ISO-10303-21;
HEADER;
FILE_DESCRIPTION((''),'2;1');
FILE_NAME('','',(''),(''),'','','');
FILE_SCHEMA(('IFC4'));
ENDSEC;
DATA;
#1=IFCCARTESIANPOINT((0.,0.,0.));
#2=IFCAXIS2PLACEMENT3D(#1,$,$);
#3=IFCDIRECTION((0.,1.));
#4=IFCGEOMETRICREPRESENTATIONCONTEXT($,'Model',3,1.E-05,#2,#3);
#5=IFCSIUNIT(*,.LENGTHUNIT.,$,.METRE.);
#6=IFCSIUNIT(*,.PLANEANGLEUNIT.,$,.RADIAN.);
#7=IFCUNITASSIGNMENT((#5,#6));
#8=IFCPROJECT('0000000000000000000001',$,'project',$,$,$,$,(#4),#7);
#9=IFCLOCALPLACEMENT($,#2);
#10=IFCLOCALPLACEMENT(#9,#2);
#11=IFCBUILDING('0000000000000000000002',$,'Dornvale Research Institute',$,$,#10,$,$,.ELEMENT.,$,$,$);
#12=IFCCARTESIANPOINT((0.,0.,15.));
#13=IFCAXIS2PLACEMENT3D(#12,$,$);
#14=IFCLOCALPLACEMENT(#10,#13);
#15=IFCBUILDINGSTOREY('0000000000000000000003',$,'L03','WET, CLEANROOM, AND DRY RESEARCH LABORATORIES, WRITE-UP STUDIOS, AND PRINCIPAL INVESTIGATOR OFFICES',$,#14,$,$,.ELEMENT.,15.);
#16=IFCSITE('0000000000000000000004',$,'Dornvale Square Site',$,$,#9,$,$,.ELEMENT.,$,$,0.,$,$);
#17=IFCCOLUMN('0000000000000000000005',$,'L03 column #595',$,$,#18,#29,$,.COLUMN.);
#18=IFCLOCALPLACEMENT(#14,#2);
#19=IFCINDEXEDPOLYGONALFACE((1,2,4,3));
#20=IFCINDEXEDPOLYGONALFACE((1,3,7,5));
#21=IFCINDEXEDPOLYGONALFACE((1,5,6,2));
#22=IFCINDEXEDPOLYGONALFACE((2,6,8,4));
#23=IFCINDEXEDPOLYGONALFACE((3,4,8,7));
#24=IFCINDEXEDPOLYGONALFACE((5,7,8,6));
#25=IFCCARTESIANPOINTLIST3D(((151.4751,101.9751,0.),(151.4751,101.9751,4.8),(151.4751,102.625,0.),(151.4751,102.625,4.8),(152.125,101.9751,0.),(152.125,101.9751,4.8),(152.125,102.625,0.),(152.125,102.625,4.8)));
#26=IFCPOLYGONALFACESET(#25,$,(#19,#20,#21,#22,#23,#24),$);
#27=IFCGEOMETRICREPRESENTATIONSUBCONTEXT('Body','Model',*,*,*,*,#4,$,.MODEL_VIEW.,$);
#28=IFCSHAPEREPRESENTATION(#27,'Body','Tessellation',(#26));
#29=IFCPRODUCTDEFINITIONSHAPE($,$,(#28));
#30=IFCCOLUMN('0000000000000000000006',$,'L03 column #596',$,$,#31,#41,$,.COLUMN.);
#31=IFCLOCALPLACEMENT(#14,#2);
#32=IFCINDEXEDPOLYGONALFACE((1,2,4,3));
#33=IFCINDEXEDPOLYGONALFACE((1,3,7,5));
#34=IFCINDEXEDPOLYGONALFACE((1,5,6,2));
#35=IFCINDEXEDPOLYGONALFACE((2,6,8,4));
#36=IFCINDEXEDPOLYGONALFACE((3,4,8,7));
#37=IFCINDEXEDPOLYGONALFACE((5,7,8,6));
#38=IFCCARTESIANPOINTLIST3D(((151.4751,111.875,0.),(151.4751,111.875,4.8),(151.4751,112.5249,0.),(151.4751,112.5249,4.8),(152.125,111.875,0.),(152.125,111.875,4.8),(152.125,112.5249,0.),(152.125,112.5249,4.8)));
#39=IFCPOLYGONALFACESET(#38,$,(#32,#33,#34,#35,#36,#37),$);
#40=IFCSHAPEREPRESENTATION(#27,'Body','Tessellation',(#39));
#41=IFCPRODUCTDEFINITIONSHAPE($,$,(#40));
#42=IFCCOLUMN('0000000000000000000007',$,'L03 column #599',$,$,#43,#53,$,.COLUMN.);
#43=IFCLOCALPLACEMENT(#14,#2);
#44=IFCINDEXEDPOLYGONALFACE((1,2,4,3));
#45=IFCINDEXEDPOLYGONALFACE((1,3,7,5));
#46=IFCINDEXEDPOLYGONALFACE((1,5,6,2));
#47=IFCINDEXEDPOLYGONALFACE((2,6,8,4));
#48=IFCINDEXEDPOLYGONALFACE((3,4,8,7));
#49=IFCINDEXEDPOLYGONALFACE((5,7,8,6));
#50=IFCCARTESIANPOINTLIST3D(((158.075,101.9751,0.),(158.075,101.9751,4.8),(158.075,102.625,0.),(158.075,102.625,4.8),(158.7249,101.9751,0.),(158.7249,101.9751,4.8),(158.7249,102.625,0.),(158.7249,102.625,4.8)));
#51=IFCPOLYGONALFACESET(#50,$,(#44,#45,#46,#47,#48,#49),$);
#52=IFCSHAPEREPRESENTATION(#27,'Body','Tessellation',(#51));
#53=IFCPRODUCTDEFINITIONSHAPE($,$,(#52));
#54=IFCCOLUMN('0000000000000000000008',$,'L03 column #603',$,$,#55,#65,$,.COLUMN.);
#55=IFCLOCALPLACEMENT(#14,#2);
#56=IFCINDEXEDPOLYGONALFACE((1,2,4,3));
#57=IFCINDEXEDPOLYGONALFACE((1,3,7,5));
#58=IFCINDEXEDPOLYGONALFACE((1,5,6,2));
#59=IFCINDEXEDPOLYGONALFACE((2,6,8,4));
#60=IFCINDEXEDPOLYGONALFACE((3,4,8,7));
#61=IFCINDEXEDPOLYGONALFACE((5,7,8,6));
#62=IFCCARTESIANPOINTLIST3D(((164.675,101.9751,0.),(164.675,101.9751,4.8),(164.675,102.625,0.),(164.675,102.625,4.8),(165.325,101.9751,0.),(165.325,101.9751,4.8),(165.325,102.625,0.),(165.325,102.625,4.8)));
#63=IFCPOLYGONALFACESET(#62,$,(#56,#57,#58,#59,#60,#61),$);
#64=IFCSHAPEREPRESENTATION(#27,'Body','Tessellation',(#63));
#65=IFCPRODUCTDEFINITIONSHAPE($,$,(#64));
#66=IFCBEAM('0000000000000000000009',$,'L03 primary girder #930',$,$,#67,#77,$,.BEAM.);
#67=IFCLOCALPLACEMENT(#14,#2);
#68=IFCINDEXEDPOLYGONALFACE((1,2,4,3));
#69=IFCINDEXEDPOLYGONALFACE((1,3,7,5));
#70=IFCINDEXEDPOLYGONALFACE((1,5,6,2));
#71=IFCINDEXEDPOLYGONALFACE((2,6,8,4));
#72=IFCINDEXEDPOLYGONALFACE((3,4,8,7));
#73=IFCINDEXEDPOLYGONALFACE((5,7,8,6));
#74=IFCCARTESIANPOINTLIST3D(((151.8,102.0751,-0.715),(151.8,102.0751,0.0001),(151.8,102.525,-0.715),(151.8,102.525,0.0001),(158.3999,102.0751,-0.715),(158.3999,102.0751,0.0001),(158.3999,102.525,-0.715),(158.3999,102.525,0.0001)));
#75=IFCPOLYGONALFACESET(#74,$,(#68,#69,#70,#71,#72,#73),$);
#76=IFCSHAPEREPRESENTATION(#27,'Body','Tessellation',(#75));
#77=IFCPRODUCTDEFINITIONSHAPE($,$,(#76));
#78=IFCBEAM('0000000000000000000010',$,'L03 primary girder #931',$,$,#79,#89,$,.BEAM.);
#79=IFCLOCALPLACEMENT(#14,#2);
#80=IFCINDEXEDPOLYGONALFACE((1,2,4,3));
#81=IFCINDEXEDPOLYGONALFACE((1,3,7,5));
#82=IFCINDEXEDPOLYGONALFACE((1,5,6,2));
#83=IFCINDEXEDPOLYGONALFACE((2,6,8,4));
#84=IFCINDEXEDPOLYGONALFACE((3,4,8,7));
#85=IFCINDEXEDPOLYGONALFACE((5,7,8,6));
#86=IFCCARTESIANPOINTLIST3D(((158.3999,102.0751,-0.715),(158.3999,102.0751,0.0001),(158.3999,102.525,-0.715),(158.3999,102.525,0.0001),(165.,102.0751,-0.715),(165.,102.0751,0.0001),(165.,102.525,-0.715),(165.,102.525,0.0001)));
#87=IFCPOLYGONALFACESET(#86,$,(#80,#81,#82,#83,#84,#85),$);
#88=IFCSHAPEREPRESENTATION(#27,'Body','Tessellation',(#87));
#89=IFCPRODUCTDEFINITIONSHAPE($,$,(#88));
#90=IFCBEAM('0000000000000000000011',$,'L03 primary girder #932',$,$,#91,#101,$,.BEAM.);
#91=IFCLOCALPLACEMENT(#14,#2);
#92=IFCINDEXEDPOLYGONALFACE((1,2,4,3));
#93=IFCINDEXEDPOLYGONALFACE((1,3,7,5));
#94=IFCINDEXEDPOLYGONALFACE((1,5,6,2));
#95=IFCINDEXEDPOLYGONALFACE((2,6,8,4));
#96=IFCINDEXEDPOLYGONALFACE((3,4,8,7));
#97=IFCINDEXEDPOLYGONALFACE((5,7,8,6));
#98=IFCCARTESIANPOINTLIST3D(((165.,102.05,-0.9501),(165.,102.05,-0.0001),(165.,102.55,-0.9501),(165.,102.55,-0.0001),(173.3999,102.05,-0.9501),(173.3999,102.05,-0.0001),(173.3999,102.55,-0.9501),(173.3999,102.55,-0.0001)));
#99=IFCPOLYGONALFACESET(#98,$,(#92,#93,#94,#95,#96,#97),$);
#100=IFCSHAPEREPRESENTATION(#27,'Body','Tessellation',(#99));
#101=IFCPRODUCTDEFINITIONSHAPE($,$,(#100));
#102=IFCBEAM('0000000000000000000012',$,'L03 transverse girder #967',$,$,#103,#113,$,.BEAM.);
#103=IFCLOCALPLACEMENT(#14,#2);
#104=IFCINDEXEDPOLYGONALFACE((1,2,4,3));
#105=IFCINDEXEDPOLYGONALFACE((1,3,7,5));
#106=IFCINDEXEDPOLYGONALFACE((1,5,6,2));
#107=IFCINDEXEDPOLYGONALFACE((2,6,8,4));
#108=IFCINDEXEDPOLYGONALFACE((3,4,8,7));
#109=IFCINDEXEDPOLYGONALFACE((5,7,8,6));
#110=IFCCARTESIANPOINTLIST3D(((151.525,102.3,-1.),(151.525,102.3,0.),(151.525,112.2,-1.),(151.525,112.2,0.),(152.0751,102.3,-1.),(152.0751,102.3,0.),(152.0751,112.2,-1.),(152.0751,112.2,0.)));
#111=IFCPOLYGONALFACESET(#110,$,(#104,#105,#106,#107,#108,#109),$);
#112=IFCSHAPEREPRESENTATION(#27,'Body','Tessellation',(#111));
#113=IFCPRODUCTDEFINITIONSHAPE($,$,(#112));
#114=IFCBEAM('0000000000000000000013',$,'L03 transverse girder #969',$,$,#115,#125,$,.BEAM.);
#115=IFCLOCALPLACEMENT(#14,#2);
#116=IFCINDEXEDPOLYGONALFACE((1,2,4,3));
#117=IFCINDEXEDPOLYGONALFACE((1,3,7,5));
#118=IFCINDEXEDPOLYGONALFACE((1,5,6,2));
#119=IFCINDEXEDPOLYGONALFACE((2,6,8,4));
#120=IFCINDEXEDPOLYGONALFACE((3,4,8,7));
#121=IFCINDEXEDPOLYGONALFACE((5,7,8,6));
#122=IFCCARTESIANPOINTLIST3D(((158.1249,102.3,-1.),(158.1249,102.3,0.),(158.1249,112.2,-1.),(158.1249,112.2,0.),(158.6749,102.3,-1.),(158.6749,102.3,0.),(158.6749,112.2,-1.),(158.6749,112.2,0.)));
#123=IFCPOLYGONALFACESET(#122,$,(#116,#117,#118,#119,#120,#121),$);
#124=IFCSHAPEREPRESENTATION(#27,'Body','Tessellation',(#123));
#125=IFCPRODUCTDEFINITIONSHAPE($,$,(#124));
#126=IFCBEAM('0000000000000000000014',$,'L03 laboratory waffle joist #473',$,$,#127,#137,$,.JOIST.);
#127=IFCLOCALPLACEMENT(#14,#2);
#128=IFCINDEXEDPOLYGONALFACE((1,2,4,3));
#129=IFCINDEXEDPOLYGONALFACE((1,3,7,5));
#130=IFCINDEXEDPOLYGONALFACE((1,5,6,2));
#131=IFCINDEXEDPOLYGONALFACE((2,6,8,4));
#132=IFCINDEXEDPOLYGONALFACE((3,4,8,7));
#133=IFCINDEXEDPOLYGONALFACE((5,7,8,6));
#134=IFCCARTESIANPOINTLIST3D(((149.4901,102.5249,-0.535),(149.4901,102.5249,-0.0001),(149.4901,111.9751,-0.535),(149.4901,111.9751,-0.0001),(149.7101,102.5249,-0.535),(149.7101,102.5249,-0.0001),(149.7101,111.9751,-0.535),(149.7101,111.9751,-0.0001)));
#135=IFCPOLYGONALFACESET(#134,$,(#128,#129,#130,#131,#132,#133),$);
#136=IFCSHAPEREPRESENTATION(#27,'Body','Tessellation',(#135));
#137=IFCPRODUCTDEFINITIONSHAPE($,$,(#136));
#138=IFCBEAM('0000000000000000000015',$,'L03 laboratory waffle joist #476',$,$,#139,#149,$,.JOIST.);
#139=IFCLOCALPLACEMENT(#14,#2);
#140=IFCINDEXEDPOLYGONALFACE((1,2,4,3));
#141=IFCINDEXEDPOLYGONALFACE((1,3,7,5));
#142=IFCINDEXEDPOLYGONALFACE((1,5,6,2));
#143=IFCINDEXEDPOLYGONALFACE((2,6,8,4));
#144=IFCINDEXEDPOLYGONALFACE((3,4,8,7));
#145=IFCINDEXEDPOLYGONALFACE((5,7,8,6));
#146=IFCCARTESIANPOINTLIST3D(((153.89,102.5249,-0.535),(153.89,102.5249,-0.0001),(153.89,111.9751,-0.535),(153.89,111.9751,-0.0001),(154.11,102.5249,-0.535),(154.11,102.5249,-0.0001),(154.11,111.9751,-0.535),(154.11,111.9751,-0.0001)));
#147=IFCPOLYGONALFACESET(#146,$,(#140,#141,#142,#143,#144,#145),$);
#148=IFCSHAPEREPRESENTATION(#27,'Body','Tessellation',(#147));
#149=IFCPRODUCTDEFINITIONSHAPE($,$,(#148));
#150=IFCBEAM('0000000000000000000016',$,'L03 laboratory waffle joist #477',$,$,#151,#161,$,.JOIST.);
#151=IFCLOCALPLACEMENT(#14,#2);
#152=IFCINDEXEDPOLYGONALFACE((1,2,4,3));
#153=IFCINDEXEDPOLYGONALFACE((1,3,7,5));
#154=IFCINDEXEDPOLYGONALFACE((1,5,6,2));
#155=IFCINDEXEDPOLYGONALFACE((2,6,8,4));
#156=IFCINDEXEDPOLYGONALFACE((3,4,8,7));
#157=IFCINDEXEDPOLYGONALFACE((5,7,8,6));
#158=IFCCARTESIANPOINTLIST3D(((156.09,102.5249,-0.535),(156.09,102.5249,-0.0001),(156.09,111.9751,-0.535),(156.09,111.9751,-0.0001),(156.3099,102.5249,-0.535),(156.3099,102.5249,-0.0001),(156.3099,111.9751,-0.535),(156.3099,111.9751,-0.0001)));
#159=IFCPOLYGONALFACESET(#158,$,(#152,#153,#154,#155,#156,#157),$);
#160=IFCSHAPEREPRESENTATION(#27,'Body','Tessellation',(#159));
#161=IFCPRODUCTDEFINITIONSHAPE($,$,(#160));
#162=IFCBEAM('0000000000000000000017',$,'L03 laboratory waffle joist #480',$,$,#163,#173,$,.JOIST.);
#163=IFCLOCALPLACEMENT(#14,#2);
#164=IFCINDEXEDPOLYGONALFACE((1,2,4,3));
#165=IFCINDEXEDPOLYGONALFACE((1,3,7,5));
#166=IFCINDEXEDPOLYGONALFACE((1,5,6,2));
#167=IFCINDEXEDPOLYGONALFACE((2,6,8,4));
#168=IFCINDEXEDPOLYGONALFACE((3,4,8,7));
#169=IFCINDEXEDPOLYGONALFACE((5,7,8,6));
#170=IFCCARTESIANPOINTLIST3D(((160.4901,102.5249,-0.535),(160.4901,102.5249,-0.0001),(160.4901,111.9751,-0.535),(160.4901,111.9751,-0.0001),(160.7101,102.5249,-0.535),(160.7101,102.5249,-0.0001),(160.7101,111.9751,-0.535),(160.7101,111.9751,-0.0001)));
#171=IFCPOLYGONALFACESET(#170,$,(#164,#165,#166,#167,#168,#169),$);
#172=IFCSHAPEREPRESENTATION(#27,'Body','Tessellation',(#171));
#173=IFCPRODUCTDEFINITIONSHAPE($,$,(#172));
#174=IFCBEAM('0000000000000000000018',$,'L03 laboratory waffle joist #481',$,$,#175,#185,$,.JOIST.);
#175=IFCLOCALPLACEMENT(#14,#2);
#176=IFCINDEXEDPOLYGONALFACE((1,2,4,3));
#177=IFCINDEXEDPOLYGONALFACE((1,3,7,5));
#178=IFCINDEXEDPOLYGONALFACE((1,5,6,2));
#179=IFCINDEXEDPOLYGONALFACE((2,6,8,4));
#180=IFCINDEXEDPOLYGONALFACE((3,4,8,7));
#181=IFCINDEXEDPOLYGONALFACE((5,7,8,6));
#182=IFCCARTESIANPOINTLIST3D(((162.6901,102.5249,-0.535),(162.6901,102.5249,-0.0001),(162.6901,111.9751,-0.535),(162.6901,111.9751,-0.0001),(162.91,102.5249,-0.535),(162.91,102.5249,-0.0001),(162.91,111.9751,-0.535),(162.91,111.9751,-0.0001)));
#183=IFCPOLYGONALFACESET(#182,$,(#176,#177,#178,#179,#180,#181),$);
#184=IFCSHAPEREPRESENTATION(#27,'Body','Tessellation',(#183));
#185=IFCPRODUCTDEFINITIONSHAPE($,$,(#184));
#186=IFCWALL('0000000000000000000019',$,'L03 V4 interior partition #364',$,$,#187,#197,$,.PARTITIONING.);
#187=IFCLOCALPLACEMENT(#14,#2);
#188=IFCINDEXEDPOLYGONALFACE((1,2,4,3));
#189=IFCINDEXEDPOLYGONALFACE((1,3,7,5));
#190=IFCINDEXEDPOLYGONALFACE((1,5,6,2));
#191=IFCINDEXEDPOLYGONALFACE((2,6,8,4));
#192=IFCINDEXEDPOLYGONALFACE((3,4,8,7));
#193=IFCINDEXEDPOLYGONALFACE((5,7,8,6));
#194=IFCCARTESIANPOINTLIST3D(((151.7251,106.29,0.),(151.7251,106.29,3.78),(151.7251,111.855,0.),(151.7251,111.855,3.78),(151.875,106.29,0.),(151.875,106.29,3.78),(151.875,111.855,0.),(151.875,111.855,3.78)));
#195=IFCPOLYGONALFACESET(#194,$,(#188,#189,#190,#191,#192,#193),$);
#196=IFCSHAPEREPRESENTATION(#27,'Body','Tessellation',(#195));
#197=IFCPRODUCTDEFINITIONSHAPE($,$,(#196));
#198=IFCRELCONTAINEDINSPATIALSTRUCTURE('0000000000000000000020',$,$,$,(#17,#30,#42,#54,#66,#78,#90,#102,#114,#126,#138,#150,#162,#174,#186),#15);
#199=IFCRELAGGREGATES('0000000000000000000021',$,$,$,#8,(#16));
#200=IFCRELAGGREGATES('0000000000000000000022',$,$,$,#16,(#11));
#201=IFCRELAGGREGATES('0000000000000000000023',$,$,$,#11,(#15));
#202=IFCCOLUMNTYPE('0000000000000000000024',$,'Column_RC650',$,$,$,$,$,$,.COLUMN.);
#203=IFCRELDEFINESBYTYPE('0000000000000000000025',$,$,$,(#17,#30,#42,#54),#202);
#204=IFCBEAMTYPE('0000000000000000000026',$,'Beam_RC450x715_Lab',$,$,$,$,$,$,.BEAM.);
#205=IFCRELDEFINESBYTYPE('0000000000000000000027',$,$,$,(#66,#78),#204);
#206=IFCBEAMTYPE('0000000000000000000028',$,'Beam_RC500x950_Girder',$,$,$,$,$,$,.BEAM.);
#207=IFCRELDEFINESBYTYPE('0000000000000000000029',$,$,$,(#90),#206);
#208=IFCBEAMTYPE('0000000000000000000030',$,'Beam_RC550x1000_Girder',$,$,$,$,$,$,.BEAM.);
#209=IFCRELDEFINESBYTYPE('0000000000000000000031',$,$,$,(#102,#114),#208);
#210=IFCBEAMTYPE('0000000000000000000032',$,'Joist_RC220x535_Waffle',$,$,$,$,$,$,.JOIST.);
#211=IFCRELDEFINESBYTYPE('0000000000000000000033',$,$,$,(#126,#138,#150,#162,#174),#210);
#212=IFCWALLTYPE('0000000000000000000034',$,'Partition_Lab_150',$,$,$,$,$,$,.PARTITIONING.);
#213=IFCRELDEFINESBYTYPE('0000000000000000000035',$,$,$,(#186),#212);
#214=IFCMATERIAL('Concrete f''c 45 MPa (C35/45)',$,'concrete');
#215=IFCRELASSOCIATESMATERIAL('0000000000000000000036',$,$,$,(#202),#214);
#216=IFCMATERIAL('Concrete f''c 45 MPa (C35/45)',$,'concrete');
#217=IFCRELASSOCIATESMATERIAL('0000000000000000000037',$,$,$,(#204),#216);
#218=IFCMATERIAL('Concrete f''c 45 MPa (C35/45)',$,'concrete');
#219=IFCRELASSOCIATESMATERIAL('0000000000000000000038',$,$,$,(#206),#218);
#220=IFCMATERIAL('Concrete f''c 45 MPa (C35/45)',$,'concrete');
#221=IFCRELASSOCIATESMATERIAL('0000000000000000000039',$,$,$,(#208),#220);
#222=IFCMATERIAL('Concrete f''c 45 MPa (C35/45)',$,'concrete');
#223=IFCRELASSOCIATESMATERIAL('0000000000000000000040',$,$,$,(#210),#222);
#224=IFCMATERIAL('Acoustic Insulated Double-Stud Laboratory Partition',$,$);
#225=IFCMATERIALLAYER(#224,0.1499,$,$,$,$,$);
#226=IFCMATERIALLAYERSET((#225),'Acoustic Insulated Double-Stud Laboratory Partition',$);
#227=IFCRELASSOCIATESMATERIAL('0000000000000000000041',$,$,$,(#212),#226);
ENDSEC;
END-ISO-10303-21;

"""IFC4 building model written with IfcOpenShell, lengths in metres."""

from ifc_helpers import new_model, si_unit, direction, frame, frame_2d, origin, origin_2d, place, context, subcontext, project, spatial, rectangle, extrude, material, layer, layer_set, material_profile, profile_set, type_object, element, save


model = new_model("IFC4")

# Units and contexts
model_context = context("Model", 3, precision=1e-05, world=origin(), true_north=direction((0.0, 1.0)))
body_context = subcontext(model_context, "Body", "Model", "MODEL_VIEW")
ifc_project = project(units=[si_unit("LENGTHUNIT", "METRE"), si_unit("PLANEANGLEUNIT", "RADIAN")], contexts=[model_context])

# Site, building, storey
site_placement = place(None, origin())
site = spatial("IfcSite", under=ifc_project, at=site_placement, Name="Dornvale Square Site", CompositionType="ELEMENT", RefElevation=0.0)
building_placement = place(site_placement, origin())
building = spatial("IfcBuilding", under=site, at=building_placement, Name="Dornvale Research Institute", CompositionType="ELEMENT")
storey_placement = place(building_placement, frame((0.0, 0.0, 15.0)))
storey = spatial("IfcBuildingStorey", under=building, at=storey_placement, Name="L03", Description="WET, CLEANROOM, AND DRY RESEARCH LABORATORIES, WRITE-UP STUDIOS, AND PRINCIPAL INVESTIGATOR OFFICES", CompositionType="ELEMENT", Elevation=15.0)

# Columns
ifc_material_1 = material(Name="Concrete f'c 45 MPa (C35/45)", Category="concrete")
ifc_material_profile_1 = material_profile(ifc_material_1, rectangle(XDim=0.6499, YDim=0.6499, at=origin_2d()), Name="RC 650x650")
ifc_profile_set_1 = profile_set([ifc_material_profile_1], Name="Concrete f'c 45 MPa (C35/45)")
column_type = type_object("IfcColumnType", Name="Column_RC650", PredefinedType="COLUMN", material=ifc_profile_set_1)
for number, where, z_axis, x_axis, name in (
    (1, (151.8, 102.3, 0.0), (0.0, 0.0, 1.0), (1.0, 0.0, 0.0), "L03 column #595"),
    (2, (151.8, 112.2, 0.0), (0.0, 0.0, 1.0), (1.0, 0.0, 0.0), "L03 column #596"),
    (3, (158.3999, 102.3, 0.0), (0.0, 0.0, 1.0), (1.0, 0.0, 0.0), "L03 column #599"),
    (4, (165.0, 102.3, 0.0), (0.0, 0.0, 1.0), (1.0, 0.0, 0.0), "L03 column #603"),
):
    element("IfcColumn", number, at=place(storey_placement, frame(where, z_axis=z_axis, x_axis=x_axis)), inside=storey, type_object=column_type, Name=name, PredefinedType="COLUMN", context=body_context, shape_type="SweptSolid", body=[
        extrude(rectangle(XDim=0.6499, YDim=0.6499, at=origin_2d()), origin(), (0.0, 0.0, 1.0), 4.8),
    ])

# Beams
ifc_material_2 = material(Name="Concrete f'c 45 MPa (C35/45)", Category="concrete")
ifc_material_profile_2 = material_profile(ifc_material_2, rectangle(XDim=0.45, YDim=0.7151, at=origin_2d()), Name="RC 450x715")
ifc_profile_set_2 = profile_set([ifc_material_profile_2], Name="Concrete f'c 45 MPa (C35/45)")
beam_type_1 = type_object("IfcBeamType", Name="Beam_RC450x715_Lab", PredefinedType="BEAM", material=ifc_profile_set_2)
beam_1_placement = place(storey_placement, frame((151.8, 102.3, -0.3574), z_axis=(1.0, 0.0, 0.0), x_axis=(0.0, 1.0, 0.0)))
element("IfcBeam", 5, at=beam_1_placement, inside=storey, type_object=beam_type_1, Name="L03 primary girder #930", PredefinedType="BEAM", context=body_context, shape_type="SweptSolid", body=[
    extrude(rectangle(XDim=0.45, YDim=0.7151, at=origin_2d()), origin(), (0.0, 0.0, 1.0), 6.5999),
])
beam_2_placement = place(storey_placement, frame((158.3999, 102.3, -0.3574), z_axis=(1.0, 0.0, 0.0), x_axis=(0.0, 1.0, 0.0)))
element("IfcBeam", 6, at=beam_2_placement, inside=storey, type_object=beam_type_1, Name="L03 primary girder #931", PredefinedType="BEAM", context=body_context, shape_type="SweptSolid", body=[
    extrude(rectangle(XDim=0.45, YDim=0.7151, at=origin_2d()), origin(), (0.0, 0.0, 1.0), 6.6001),
])
ifc_material_3 = material(Name="Concrete f'c 45 MPa (C35/45)", Category="concrete")
ifc_material_profile_3 = material_profile(ifc_material_3, rectangle(XDim=0.5, YDim=0.95, at=origin_2d()), Name="RC 500x950")
ifc_profile_set_3 = profile_set([ifc_material_profile_3], Name="Concrete f'c 45 MPa (C35/45)")
beam_type_2 = type_object("IfcBeamType", Name="Beam_RC500x950_Girder", PredefinedType="BEAM", material=ifc_profile_set_3)
beam_3_placement = place(storey_placement, frame((165.0, 102.3, -0.4751), z_axis=(1.0, 0.0, 0.0), x_axis=(0.0, 1.0, 0.0)))
element("IfcBeam", 7, at=beam_3_placement, inside=storey, type_object=beam_type_2, Name="L03 primary girder #932", PredefinedType="BEAM", context=body_context, shape_type="SweptSolid", body=[
    extrude(rectangle(XDim=0.5, YDim=0.95, at=origin_2d()), origin(), (0.0, 0.0, 1.0), 8.3999),
])
ifc_material_4 = material(Name="Concrete f'c 45 MPa (C35/45)", Category="concrete")
ifc_material_profile_4 = material_profile(ifc_material_4, rectangle(XDim=0.55, YDim=1.0, at=origin_2d()), Name="RC 550x1000")
ifc_profile_set_4 = profile_set([ifc_material_profile_4], Name="Concrete f'c 45 MPa (C35/45)")
beam_type_3 = type_object("IfcBeamType", Name="Beam_RC550x1000_Girder", PredefinedType="BEAM", material=ifc_profile_set_4)
for number, where, z_axis, x_axis, name in (
    (8, (151.8, 102.3, -0.5), (0.0, 1.0, 0.0), (-1.0, 0.0, 0.0), "L03 transverse girder #967"),
    (9, (158.3999, 102.3, -0.5), (0.0, 1.0, 0.0), (-1.0, 0.0, 0.0), "L03 transverse girder #969"),
):
    element("IfcBeam", number, at=place(storey_placement, frame(where, z_axis=z_axis, x_axis=x_axis)), inside=storey, type_object=beam_type_3, Name=name, PredefinedType="BEAM", context=body_context, shape_type="SweptSolid", body=[
        extrude(rectangle(XDim=0.55, YDim=1.0, at=origin_2d()), origin(), (0.0, 0.0, 1.0), 9.8999),
    ])
ifc_material_5 = material(Name="Concrete f'c 45 MPa (C35/45)", Category="concrete")
ifc_material_profile_5 = material_profile(ifc_material_5, rectangle(XDim=0.22, YDim=0.5349, at=origin_2d()), Name="RC 220x535")
ifc_profile_set_5 = profile_set([ifc_material_profile_5], Name="Concrete f'c 45 MPa (C35/45)")
beam_type_4 = type_object("IfcBeamType", Name="Joist_RC220x535_Waffle", PredefinedType="JOIST", material=ifc_profile_set_5)
for number, where, z_axis, x_axis, name in (
    (10, (149.6001, 102.5249, -0.2676), (0.0, 1.0, 0.0), (-1.0, 0.0, 0.0), "L03 laboratory waffle joist #473"),
    (11, (154.0, 102.5249, -0.2676), (0.0, 1.0, 0.0), (-1.0, 0.0, 0.0), "L03 laboratory waffle joist #476"),
    (12, (156.2, 102.5249, -0.2676), (0.0, 1.0, 0.0), (-1.0, 0.0, 0.0), "L03 laboratory waffle joist #477"),
    (13, (160.6001, 102.5249, -0.2676), (0.0, 1.0, 0.0), (-1.0, 0.0, 0.0), "L03 laboratory waffle joist #480"),
    (14, (162.8, 102.5249, -0.2676), (0.0, 1.0, 0.0), (-1.0, 0.0, 0.0), "L03 laboratory waffle joist #481"),
):
    element("IfcBeam", number, at=place(storey_placement, frame(where, z_axis=z_axis, x_axis=x_axis)), inside=storey, type_object=beam_type_4, Name=name, PredefinedType="JOIST", context=body_context, shape_type="SweptSolid", body=[
        extrude(rectangle(XDim=0.22, YDim=0.5349, at=origin_2d()), origin(), (0.0, 0.0, 1.0), 9.4502),
    ])

# Wall
ifc_material_6 = material(Name="Acoustic Insulated Double-Stud Laboratory Partition")
ifc_layer_1 = layer(ifc_material_6, 0.1499)
ifc_layer_set_1 = layer_set([ifc_layer_1], Name="Acoustic Insulated Double-Stud Laboratory Partition")
wall_type_1 = type_object("IfcWallType", Name="Partition_Lab_150", PredefinedType="PARTITIONING", material=ifc_layer_set_1)
wall_1_placement = place(storey_placement, frame((151.8, 106.29, 0.0), z_axis=(0.0, 0.0, 1.0), x_axis=(0.0, 1.0, 0.0)))
element("IfcWall", 15, at=wall_1_placement, inside=storey, type_object=wall_type_1, Name="L03 V4 interior partition #364", PredefinedType="PARTITIONING", context=body_context, shape_type="SweptSolid", body=[
    extrude(rectangle(XDim=5.5649, YDim=0.1499, at=frame_2d((2.7825, 0.0))), origin(), (0.0, 0.0, 1.0), 3.78),
])

save(model, "model.ifc")
